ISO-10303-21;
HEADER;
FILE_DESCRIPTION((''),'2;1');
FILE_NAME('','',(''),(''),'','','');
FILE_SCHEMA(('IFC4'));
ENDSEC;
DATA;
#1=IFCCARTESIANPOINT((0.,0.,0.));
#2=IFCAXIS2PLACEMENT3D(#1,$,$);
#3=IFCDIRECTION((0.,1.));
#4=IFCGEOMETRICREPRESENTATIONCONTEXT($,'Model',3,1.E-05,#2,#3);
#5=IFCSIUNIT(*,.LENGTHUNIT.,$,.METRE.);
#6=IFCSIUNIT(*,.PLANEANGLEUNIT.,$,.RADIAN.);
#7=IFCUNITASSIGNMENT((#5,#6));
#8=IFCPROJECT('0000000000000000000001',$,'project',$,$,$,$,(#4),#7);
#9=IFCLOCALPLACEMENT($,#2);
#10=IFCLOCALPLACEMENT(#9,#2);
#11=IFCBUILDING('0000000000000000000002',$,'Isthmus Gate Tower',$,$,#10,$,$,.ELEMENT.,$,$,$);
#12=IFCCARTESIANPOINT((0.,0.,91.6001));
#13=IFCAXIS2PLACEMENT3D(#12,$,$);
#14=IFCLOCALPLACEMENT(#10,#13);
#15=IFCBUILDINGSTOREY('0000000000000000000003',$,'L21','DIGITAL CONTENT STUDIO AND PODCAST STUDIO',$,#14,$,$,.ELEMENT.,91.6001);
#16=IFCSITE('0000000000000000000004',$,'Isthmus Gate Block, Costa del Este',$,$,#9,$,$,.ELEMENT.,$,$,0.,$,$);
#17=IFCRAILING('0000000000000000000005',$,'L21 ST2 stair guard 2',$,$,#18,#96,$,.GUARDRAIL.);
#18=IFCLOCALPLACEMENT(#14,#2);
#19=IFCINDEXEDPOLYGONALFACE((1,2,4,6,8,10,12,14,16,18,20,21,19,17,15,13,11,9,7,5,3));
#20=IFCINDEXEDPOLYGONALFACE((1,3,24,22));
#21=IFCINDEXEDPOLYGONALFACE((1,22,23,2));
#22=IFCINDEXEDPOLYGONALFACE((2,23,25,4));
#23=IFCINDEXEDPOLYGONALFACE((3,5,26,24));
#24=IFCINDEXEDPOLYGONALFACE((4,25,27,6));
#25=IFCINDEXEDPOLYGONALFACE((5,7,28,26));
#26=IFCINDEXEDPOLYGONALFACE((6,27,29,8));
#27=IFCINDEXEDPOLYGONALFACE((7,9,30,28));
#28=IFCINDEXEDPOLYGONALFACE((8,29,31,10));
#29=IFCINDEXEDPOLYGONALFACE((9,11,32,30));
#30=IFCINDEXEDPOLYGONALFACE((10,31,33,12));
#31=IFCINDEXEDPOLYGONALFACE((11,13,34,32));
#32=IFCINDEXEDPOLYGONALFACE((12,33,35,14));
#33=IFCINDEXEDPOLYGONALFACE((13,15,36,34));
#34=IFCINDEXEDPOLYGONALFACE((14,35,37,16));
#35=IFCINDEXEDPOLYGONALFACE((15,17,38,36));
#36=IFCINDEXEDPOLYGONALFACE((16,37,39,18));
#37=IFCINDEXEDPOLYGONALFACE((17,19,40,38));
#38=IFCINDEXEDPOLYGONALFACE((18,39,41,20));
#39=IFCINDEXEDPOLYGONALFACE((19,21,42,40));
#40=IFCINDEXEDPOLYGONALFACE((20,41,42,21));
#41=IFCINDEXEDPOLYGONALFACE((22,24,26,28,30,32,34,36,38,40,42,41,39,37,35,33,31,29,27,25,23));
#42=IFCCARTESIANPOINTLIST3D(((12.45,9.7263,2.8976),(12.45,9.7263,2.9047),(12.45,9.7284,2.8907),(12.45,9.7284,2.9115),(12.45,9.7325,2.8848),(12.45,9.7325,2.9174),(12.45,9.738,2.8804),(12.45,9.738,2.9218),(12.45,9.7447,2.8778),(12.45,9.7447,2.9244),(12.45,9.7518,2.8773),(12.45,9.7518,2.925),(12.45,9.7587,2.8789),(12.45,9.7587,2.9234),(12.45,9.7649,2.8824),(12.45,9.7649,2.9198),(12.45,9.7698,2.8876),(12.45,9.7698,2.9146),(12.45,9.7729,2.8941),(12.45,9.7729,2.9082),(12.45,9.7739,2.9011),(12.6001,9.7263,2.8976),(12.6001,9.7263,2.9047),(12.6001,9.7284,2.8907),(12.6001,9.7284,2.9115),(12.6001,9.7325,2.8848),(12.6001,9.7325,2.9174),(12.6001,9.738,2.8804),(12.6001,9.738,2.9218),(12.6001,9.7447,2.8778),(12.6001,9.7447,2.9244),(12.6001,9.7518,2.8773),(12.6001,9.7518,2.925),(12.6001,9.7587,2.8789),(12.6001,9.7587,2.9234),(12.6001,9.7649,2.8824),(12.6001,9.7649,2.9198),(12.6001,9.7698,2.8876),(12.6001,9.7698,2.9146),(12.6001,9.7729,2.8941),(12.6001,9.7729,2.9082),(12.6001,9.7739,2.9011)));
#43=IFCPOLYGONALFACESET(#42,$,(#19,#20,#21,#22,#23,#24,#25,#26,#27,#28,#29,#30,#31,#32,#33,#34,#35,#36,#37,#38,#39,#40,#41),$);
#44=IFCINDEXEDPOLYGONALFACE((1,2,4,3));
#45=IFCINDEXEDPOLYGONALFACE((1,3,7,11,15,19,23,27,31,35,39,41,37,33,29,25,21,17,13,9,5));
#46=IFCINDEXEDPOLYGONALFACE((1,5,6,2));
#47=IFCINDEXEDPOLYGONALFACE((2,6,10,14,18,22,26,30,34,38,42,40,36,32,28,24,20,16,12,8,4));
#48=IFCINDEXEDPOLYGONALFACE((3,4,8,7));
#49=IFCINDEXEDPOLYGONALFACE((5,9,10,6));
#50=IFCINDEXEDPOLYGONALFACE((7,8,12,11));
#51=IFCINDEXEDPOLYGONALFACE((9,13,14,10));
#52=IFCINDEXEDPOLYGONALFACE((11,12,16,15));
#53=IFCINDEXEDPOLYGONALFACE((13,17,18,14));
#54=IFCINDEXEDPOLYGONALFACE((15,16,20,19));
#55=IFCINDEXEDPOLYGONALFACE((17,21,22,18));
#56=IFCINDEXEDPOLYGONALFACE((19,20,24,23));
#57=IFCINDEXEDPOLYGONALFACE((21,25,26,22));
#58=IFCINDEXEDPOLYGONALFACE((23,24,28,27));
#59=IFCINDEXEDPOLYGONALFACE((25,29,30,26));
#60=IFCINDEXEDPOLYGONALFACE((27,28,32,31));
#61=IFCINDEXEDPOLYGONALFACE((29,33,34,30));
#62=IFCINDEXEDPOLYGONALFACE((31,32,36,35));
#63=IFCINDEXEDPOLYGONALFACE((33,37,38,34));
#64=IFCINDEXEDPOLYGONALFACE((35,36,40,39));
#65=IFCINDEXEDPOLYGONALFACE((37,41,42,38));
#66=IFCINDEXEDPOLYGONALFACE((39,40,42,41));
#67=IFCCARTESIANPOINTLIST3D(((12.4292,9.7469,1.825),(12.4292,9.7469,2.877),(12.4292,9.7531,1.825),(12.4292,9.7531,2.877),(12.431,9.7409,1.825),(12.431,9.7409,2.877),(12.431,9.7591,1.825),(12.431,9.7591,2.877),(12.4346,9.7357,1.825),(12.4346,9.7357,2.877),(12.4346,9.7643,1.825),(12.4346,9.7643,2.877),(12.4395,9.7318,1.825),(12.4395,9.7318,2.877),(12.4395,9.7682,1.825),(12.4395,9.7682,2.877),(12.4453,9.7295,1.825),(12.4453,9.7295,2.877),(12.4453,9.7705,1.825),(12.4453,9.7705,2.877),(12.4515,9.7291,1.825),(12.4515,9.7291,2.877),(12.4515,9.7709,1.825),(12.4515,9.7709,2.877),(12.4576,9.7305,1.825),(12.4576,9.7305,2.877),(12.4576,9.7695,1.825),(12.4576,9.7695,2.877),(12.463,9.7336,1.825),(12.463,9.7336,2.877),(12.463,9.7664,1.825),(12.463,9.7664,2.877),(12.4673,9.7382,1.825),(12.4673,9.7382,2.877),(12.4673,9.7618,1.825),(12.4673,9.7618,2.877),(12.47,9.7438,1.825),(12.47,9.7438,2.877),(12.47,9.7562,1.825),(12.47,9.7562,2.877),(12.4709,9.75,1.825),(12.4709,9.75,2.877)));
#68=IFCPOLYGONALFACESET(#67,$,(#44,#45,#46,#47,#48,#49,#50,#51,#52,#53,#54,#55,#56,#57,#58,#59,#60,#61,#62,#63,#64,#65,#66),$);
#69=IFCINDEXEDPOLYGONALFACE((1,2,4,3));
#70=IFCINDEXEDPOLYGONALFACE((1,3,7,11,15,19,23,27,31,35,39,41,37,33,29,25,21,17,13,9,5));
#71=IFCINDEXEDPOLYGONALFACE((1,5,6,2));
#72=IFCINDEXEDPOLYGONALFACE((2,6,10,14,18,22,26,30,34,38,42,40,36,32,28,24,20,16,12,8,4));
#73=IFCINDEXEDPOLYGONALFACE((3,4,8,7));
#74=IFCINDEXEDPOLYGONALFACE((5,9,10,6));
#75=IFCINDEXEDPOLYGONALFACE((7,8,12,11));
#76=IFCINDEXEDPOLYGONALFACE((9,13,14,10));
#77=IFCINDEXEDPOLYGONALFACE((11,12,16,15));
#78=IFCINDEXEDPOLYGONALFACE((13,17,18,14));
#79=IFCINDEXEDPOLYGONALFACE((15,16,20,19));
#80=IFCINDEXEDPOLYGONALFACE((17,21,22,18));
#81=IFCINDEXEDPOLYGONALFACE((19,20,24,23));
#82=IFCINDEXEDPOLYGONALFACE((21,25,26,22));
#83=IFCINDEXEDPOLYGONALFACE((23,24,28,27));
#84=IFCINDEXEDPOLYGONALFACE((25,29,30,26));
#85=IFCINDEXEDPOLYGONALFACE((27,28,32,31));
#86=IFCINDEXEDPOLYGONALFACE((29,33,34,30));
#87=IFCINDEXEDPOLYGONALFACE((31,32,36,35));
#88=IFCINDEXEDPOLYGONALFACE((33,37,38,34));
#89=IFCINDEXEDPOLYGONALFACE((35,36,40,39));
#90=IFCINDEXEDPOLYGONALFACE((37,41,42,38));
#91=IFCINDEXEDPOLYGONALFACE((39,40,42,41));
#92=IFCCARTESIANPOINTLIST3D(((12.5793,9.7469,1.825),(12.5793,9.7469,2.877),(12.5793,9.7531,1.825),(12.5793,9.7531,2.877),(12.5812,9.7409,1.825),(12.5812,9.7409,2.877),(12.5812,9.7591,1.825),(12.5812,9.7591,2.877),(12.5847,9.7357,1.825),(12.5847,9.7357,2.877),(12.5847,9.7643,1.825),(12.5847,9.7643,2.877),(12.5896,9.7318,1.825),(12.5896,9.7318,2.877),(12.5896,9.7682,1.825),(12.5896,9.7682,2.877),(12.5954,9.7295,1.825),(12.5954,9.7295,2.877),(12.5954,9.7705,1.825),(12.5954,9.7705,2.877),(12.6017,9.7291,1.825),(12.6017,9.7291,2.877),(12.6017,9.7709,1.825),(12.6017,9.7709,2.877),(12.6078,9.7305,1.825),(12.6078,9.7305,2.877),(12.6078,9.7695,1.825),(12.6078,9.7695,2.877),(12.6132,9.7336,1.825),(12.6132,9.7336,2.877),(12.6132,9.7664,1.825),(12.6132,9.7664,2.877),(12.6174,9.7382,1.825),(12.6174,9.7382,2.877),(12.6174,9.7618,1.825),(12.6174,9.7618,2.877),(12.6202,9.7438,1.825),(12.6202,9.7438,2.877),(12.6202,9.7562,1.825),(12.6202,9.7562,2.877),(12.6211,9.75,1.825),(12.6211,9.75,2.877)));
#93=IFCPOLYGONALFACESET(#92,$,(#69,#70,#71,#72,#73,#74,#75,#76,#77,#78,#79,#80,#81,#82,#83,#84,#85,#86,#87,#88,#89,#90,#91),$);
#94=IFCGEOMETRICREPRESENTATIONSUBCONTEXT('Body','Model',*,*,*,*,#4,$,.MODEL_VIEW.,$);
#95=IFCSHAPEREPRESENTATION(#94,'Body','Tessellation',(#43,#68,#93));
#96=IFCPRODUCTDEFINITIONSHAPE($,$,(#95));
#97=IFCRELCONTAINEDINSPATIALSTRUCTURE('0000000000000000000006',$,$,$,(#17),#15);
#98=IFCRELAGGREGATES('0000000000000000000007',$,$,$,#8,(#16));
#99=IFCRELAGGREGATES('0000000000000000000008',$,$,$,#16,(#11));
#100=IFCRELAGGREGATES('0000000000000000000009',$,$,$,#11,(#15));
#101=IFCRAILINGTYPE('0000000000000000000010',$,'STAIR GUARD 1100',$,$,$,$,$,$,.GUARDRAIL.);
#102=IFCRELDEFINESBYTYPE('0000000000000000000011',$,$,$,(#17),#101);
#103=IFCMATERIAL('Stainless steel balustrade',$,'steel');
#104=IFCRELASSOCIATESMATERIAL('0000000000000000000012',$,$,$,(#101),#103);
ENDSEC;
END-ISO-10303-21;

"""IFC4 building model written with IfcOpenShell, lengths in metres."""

from ifc_helpers import new_model, si_unit, direction, frame, origin, origin_2d, place, context, subcontext, project, spatial, circle, extrude, material, type_object, element, save


model = new_model("IFC4")

# Units and contexts
model_context = context("Model", 3, precision=1e-05, world=origin(), true_north=direction((0.0, 1.0)))
body_context = subcontext(model_context, "Body", "Model", "MODEL_VIEW")
ifc_project = project(units=[si_unit("LENGTHUNIT", "METRE"), si_unit("PLANEANGLEUNIT", "RADIAN")], contexts=[model_context])

# Site, building, storey
site_placement = place(None, origin())
site = spatial("IfcSite", under=ifc_project, at=site_placement, Name="Isthmus Gate Block, Costa del Este", CompositionType="ELEMENT", RefElevation=0.0)
building_placement = place(site_placement, origin())
building = spatial("IfcBuilding", under=site, at=building_placement, Name="Isthmus Gate Tower", CompositionType="ELEMENT")
storey_placement = place(building_placement, frame((0.0, 0.0, 91.6001)))
storey = spatial("IfcBuildingStorey", under=building, at=storey_placement, Name="L21", Description="DIGITAL CONTENT STUDIO AND PODCAST STUDIO", CompositionType="ELEMENT", Elevation=91.6001)

# Railing
ifc_material_1 = material(Name="Stainless steel balustrade", Category="steel")
railing_type_1 = type_object("IfcRailingType", Name="STAIR GUARD 1100", PredefinedType="GUARDRAIL", material=ifc_material_1)
railing_1_placement = place(storey_placement, frame((12.45, 9.75, 1.825)))
element("IfcRailing", 1, at=railing_1_placement, inside=storey, type_object=railing_type_1, Name="L21 ST2 stair guard 2", PredefinedType="GUARDRAIL", context=body_context, shape_type="SweptSolid", body=[
    extrude(circle(Radius=0.0239, at=origin_2d()), frame((0.0, 0.0, 1.0762), z_axis=(1.0, 0.0, 0.0), x_axis=(0.0, 1.0, 0.0)), (0.0, 0.0, 1.0), 0.1501),
    extrude(circle(Radius=0.021, at=origin_2d()), origin(), (0.0, 0.0, 1.0), 1.052),
    extrude(circle(Radius=0.021, at=origin_2d()), frame((0.1501, 0.0, 0.0)), (0.0, 0.0, 1.0), 1.052),
])

save(model, "model.ifc")
